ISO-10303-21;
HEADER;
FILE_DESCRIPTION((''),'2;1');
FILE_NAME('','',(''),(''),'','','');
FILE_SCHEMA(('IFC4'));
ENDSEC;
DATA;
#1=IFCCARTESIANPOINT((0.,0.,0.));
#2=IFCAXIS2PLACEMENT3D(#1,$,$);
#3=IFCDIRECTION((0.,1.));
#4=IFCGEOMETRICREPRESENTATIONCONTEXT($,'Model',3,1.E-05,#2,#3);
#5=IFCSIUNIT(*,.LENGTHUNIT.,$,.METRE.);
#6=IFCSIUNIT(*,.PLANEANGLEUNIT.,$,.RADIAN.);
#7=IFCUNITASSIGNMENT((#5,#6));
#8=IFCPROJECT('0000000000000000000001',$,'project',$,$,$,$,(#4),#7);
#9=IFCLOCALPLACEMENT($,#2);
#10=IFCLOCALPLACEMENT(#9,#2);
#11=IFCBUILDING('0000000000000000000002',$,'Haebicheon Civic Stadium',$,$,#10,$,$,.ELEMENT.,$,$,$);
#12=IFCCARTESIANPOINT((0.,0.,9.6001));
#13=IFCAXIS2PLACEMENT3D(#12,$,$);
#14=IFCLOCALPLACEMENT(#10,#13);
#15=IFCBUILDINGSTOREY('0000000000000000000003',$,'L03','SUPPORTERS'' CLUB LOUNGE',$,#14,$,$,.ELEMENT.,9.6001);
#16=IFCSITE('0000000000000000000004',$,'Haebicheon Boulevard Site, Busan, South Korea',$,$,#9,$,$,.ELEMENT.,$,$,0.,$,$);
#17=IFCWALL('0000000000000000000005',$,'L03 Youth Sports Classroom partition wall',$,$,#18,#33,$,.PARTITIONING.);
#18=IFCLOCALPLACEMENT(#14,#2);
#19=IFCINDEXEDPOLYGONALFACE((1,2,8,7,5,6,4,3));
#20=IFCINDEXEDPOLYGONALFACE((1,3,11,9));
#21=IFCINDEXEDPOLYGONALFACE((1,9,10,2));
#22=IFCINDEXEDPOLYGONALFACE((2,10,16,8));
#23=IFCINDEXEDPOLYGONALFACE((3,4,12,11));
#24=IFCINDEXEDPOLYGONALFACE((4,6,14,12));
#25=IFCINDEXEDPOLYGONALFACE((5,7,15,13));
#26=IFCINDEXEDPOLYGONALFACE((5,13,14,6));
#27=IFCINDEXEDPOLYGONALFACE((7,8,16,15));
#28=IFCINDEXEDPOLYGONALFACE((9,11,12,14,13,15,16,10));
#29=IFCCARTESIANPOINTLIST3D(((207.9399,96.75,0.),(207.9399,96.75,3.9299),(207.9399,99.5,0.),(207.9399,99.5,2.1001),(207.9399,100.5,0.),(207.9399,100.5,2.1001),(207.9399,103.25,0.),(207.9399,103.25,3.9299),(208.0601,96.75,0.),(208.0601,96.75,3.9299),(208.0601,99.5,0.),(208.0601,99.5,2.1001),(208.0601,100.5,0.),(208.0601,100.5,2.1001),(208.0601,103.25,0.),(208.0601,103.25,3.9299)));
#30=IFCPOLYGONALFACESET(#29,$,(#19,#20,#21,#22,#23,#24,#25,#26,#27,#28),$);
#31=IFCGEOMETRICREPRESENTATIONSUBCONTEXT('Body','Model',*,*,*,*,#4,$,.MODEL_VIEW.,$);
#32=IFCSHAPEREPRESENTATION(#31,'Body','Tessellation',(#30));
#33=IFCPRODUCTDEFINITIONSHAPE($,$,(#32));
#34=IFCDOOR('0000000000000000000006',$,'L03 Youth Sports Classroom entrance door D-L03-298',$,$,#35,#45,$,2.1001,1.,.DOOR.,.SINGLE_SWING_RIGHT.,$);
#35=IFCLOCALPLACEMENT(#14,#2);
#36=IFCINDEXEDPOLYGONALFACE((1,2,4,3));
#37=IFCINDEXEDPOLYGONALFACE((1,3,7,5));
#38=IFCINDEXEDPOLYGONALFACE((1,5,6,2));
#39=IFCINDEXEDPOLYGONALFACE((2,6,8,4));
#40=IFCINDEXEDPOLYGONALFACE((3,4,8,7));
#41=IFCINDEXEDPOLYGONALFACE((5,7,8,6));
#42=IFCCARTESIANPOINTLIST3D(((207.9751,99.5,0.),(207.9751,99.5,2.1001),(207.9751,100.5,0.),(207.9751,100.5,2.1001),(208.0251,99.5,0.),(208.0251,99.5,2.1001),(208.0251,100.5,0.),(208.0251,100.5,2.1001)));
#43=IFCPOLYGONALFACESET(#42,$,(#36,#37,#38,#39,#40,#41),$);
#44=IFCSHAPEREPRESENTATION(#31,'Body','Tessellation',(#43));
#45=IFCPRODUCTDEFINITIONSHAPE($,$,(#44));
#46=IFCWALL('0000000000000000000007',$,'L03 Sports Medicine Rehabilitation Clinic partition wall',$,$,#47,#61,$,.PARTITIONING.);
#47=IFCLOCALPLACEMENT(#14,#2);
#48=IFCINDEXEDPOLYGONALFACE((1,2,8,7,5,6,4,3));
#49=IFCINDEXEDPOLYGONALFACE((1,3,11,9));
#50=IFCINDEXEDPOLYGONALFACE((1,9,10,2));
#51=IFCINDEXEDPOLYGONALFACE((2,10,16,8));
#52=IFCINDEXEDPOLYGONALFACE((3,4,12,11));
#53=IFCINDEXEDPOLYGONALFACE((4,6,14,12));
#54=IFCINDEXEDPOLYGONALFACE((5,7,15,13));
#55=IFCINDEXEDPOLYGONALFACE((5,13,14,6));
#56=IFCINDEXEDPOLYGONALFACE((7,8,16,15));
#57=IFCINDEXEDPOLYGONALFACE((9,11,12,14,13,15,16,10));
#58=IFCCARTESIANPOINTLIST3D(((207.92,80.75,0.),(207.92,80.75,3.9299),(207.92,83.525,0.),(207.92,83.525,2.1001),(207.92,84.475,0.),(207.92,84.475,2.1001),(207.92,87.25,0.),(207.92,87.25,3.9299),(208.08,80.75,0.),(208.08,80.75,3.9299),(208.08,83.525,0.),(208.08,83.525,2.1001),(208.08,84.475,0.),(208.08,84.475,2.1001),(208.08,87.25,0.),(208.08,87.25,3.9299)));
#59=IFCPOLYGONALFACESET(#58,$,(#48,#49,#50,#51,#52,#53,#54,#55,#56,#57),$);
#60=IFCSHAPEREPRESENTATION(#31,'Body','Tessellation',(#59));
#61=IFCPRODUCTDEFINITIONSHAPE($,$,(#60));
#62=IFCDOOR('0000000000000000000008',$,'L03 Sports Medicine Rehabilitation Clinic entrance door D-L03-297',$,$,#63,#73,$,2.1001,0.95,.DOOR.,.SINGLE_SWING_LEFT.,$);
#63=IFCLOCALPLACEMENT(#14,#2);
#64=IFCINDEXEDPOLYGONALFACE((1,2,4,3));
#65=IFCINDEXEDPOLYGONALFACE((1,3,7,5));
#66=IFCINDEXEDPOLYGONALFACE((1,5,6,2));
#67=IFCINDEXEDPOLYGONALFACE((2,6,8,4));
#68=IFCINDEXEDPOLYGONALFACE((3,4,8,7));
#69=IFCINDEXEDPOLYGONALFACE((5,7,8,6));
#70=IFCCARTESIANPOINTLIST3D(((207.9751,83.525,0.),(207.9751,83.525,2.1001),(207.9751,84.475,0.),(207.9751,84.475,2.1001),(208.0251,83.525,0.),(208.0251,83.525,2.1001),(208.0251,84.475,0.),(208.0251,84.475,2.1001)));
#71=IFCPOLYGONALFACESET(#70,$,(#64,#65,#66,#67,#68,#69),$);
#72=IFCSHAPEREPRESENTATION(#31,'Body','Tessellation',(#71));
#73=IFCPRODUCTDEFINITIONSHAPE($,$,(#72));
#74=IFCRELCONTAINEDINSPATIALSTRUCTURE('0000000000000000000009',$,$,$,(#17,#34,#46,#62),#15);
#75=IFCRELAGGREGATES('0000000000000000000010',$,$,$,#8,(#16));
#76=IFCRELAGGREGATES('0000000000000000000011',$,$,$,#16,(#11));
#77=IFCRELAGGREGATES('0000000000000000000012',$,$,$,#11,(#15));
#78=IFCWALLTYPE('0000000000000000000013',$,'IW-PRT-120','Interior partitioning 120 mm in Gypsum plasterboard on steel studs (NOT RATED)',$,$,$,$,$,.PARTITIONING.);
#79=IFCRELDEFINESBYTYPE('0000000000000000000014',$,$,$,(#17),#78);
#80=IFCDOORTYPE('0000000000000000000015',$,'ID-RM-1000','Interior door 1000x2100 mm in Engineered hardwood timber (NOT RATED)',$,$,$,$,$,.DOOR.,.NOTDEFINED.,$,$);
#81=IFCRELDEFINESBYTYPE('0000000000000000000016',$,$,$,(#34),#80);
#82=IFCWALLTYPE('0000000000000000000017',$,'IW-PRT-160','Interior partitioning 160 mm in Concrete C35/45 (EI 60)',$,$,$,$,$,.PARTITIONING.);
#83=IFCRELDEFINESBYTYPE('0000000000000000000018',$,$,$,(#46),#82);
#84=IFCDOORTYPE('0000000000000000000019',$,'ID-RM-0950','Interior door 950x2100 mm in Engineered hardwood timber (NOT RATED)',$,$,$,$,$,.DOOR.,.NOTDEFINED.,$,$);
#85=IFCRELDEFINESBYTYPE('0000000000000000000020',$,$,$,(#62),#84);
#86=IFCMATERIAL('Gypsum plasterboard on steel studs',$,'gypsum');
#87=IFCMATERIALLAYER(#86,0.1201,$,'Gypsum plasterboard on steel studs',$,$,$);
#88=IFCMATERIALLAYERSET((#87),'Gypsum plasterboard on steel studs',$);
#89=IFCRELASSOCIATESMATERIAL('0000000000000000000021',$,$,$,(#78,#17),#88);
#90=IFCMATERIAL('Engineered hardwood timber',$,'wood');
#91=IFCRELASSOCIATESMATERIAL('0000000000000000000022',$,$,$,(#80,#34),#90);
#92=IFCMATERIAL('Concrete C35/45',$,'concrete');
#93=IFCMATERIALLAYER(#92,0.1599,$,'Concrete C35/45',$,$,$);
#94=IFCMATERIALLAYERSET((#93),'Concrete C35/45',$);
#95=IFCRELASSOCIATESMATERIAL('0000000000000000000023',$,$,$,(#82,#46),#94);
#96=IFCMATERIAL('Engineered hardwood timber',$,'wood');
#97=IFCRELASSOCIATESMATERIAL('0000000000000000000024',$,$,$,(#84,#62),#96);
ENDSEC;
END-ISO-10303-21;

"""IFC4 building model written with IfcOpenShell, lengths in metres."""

from ifc_helpers import new_model, si_unit, direction, frame, frame_2d, origin, place, context, subcontext, project, spatial, rectangle, extrude, material, layer, layer_set, type_object, element, fill, save


model = new_model("IFC4")

# Units and contexts
model_context = context("Model", 3, precision=1e-05, world=origin(), true_north=direction((0.0, 1.0)))
body_context = subcontext(model_context, "Body", "Model", "MODEL_VIEW")
ifc_project = project(units=[si_unit("LENGTHUNIT", "METRE"), si_unit("PLANEANGLEUNIT", "RADIAN")], contexts=[model_context])

# Site, building, storey
site_placement = place(None, origin())
site = spatial("IfcSite", under=ifc_project, at=site_placement, Name="Haebicheon Boulevard Site, Busan, South Korea", CompositionType="ELEMENT", RefElevation=0.0)
building_placement = place(site_placement, origin())
building = spatial("IfcBuilding", under=site, at=building_placement, Name="Haebicheon Civic Stadium", CompositionType="ELEMENT")
storey_placement = place(building_placement, frame((0.0, 0.0, 9.6001)))
storey = spatial("IfcBuildingStorey", under=building, at=storey_placement, Name="L03", Description="SUPPORTERS' CLUB LOUNGE", CompositionType="ELEMENT", Elevation=9.6001)

# Walls, openings, doors
ifc_material_1 = material(Name="Gypsum plasterboard on steel studs", Category="gypsum")
ifc_layer_1 = layer(ifc_material_1, 0.1201, Name="Gypsum plasterboard on steel studs")
ifc_layer_set_1 = layer_set([ifc_layer_1], Name="Gypsum plasterboard on steel studs")
wall_type_1 = type_object("IfcWallType", Name="IW-PRT-120", Description="Interior partitioning 120 mm in Gypsum plasterboard on steel studs (NOT RATED)", PredefinedType="PARTITIONING", material=ifc_layer_set_1)
wall_1_placement = place(storey_placement, frame((208.0, 96.75, 0.0), z_axis=(0.0, 0.0, 1.0), x_axis=(0.0, 1.0, 0.0)))
wall_1 = element("IfcWall", 1, at=wall_1_placement, inside=storey, type_object=wall_type_1, material=ifc_layer_set_1, Name="L03 Youth Sports Classroom partition wall", PredefinedType="PARTITIONING", context=body_context, shape_type="SweptSolid", body=[
    extrude(rectangle(XDim=6.5, YDim=0.1201, at=frame_2d((3.25, 0.0))), origin(), (0.0, 0.0, 1.0), 3.9299),
])
opening_1_placement = place(wall_1_placement, frame((2.75, 0.0, 0.0)))
opening_1 = element("IfcOpeningElement", 2, at=opening_1_placement, cuts=wall_1, PredefinedType="OPENING", context=body_context, shape_type="SweptSolid", body=[
    extrude(rectangle(XDim=1.0, YDim=2.1001, at=frame_2d((0.5, 1.05))), frame((0.0, 0.0701, 0.0), z_axis=(0.0, -1.0, 0.0), x_axis=(1.0, 0.0, 0.0)), (0.0, 0.0, 1.0), 0.1401),
])
ifc_material_2 = material(Name="Engineered hardwood timber", Category="wood")
door_type_1 = type_object("IfcDoorType", Name="ID-RM-1000", Description="Interior door 1000x2100 mm in Engineered hardwood timber (NOT RATED)", OperationType="NOTDEFINED", PredefinedType="DOOR", material=ifc_material_2)
door_1_placement = place(opening_1_placement, origin())
door_1 = element("IfcDoor", 3, at=door_1_placement, inside=storey, type_object=door_type_1, material=ifc_material_2, Name="L03 Youth Sports Classroom entrance door D-L03-298", OperationType="SINGLE_SWING_RIGHT", OverallHeight=2.1001, OverallWidth=1.0, PredefinedType="DOOR", context=body_context, shape_type="SweptSolid", body=[
    extrude(rectangle(XDim=1.0, YDim=2.1001, at=frame_2d((0.5, 1.05))), frame((0.0, 0.0249, 0.0), z_axis=(0.0, -1.0, 0.0), x_axis=(1.0, 0.0, 0.0)), (0.0, 0.0, 1.0), 0.05),
])
fill(opening_1, door_1)
ifc_material_3 = material(Name="Concrete C35/45", Category="concrete")
ifc_layer_2 = layer(ifc_material_3, 0.1599, Name="Concrete C35/45")
ifc_layer_set_2 = layer_set([ifc_layer_2], Name="Concrete C35/45")
wall_type_2 = type_object("IfcWallType", Name="IW-PRT-160", Description="Interior partitioning 160 mm in Concrete C35/45 (EI 60)", PredefinedType="PARTITIONING", material=ifc_layer_set_2)
wall_2_placement = place(storey_placement, frame((208.0, 80.75, 0.0), z_axis=(0.0, 0.0, 1.0), x_axis=(0.0, 1.0, 0.0)))
wall_2 = element("IfcWall", 4, at=wall_2_placement, inside=storey, type_object=wall_type_2, material=ifc_layer_set_2, Name="L03 Sports Medicine Rehabilitation Clinic partition wall", PredefinedType="PARTITIONING", context=body_context, shape_type="SweptSolid", body=[
    extrude(rectangle(XDim=6.5, YDim=0.1599, at=frame_2d((3.25, 0.0))), origin(), (0.0, 0.0, 1.0), 3.9299),
])
opening_2_placement = place(wall_2_placement, frame((2.7749, 0.0, 0.0)))
opening_2 = element("IfcOpeningElement", 5, at=opening_2_placement, cuts=wall_2, PredefinedType="OPENING", context=body_context, shape_type="SweptSolid", body=[
    extrude(rectangle(XDim=0.95, YDim=2.1001, at=frame_2d((0.4751, 1.05))), frame((0.0, 0.0898, 0.0), z_axis=(0.0, -1.0, 0.0), x_axis=(1.0, 0.0, 0.0)), (0.0, 0.0, 1.0), 0.1799),
])
ifc_material_4 = material(Name="Engineered hardwood timber", Category="wood")
door_type_2 = type_object("IfcDoorType", Name="ID-RM-0950", Description="Interior door 950x2100 mm in Engineered hardwood timber (NOT RATED)", OperationType="NOTDEFINED", PredefinedType="DOOR", material=ifc_material_4)
door_2_placement = place(opening_2_placement, origin())
door_2 = element("IfcDoor", 6, at=door_2_placement, inside=storey, type_object=door_type_2, material=ifc_material_4, Name="L03 Sports Medicine Rehabilitation Clinic entrance door D-L03-297", OperationType="SINGLE_SWING_LEFT", OverallHeight=2.1001, OverallWidth=0.95, PredefinedType="DOOR", context=body_context, shape_type="SweptSolid", body=[
    extrude(rectangle(XDim=0.95, YDim=2.1001, at=frame_2d((0.4751, 1.05))), frame((0.0, 0.0249, 0.0), z_axis=(0.0, -1.0, 0.0), x_axis=(1.0, 0.0, 0.0)), (0.0, 0.0, 1.0), 0.05),
])
fill(opening_2, door_2)

save(model, "model.ifc")
